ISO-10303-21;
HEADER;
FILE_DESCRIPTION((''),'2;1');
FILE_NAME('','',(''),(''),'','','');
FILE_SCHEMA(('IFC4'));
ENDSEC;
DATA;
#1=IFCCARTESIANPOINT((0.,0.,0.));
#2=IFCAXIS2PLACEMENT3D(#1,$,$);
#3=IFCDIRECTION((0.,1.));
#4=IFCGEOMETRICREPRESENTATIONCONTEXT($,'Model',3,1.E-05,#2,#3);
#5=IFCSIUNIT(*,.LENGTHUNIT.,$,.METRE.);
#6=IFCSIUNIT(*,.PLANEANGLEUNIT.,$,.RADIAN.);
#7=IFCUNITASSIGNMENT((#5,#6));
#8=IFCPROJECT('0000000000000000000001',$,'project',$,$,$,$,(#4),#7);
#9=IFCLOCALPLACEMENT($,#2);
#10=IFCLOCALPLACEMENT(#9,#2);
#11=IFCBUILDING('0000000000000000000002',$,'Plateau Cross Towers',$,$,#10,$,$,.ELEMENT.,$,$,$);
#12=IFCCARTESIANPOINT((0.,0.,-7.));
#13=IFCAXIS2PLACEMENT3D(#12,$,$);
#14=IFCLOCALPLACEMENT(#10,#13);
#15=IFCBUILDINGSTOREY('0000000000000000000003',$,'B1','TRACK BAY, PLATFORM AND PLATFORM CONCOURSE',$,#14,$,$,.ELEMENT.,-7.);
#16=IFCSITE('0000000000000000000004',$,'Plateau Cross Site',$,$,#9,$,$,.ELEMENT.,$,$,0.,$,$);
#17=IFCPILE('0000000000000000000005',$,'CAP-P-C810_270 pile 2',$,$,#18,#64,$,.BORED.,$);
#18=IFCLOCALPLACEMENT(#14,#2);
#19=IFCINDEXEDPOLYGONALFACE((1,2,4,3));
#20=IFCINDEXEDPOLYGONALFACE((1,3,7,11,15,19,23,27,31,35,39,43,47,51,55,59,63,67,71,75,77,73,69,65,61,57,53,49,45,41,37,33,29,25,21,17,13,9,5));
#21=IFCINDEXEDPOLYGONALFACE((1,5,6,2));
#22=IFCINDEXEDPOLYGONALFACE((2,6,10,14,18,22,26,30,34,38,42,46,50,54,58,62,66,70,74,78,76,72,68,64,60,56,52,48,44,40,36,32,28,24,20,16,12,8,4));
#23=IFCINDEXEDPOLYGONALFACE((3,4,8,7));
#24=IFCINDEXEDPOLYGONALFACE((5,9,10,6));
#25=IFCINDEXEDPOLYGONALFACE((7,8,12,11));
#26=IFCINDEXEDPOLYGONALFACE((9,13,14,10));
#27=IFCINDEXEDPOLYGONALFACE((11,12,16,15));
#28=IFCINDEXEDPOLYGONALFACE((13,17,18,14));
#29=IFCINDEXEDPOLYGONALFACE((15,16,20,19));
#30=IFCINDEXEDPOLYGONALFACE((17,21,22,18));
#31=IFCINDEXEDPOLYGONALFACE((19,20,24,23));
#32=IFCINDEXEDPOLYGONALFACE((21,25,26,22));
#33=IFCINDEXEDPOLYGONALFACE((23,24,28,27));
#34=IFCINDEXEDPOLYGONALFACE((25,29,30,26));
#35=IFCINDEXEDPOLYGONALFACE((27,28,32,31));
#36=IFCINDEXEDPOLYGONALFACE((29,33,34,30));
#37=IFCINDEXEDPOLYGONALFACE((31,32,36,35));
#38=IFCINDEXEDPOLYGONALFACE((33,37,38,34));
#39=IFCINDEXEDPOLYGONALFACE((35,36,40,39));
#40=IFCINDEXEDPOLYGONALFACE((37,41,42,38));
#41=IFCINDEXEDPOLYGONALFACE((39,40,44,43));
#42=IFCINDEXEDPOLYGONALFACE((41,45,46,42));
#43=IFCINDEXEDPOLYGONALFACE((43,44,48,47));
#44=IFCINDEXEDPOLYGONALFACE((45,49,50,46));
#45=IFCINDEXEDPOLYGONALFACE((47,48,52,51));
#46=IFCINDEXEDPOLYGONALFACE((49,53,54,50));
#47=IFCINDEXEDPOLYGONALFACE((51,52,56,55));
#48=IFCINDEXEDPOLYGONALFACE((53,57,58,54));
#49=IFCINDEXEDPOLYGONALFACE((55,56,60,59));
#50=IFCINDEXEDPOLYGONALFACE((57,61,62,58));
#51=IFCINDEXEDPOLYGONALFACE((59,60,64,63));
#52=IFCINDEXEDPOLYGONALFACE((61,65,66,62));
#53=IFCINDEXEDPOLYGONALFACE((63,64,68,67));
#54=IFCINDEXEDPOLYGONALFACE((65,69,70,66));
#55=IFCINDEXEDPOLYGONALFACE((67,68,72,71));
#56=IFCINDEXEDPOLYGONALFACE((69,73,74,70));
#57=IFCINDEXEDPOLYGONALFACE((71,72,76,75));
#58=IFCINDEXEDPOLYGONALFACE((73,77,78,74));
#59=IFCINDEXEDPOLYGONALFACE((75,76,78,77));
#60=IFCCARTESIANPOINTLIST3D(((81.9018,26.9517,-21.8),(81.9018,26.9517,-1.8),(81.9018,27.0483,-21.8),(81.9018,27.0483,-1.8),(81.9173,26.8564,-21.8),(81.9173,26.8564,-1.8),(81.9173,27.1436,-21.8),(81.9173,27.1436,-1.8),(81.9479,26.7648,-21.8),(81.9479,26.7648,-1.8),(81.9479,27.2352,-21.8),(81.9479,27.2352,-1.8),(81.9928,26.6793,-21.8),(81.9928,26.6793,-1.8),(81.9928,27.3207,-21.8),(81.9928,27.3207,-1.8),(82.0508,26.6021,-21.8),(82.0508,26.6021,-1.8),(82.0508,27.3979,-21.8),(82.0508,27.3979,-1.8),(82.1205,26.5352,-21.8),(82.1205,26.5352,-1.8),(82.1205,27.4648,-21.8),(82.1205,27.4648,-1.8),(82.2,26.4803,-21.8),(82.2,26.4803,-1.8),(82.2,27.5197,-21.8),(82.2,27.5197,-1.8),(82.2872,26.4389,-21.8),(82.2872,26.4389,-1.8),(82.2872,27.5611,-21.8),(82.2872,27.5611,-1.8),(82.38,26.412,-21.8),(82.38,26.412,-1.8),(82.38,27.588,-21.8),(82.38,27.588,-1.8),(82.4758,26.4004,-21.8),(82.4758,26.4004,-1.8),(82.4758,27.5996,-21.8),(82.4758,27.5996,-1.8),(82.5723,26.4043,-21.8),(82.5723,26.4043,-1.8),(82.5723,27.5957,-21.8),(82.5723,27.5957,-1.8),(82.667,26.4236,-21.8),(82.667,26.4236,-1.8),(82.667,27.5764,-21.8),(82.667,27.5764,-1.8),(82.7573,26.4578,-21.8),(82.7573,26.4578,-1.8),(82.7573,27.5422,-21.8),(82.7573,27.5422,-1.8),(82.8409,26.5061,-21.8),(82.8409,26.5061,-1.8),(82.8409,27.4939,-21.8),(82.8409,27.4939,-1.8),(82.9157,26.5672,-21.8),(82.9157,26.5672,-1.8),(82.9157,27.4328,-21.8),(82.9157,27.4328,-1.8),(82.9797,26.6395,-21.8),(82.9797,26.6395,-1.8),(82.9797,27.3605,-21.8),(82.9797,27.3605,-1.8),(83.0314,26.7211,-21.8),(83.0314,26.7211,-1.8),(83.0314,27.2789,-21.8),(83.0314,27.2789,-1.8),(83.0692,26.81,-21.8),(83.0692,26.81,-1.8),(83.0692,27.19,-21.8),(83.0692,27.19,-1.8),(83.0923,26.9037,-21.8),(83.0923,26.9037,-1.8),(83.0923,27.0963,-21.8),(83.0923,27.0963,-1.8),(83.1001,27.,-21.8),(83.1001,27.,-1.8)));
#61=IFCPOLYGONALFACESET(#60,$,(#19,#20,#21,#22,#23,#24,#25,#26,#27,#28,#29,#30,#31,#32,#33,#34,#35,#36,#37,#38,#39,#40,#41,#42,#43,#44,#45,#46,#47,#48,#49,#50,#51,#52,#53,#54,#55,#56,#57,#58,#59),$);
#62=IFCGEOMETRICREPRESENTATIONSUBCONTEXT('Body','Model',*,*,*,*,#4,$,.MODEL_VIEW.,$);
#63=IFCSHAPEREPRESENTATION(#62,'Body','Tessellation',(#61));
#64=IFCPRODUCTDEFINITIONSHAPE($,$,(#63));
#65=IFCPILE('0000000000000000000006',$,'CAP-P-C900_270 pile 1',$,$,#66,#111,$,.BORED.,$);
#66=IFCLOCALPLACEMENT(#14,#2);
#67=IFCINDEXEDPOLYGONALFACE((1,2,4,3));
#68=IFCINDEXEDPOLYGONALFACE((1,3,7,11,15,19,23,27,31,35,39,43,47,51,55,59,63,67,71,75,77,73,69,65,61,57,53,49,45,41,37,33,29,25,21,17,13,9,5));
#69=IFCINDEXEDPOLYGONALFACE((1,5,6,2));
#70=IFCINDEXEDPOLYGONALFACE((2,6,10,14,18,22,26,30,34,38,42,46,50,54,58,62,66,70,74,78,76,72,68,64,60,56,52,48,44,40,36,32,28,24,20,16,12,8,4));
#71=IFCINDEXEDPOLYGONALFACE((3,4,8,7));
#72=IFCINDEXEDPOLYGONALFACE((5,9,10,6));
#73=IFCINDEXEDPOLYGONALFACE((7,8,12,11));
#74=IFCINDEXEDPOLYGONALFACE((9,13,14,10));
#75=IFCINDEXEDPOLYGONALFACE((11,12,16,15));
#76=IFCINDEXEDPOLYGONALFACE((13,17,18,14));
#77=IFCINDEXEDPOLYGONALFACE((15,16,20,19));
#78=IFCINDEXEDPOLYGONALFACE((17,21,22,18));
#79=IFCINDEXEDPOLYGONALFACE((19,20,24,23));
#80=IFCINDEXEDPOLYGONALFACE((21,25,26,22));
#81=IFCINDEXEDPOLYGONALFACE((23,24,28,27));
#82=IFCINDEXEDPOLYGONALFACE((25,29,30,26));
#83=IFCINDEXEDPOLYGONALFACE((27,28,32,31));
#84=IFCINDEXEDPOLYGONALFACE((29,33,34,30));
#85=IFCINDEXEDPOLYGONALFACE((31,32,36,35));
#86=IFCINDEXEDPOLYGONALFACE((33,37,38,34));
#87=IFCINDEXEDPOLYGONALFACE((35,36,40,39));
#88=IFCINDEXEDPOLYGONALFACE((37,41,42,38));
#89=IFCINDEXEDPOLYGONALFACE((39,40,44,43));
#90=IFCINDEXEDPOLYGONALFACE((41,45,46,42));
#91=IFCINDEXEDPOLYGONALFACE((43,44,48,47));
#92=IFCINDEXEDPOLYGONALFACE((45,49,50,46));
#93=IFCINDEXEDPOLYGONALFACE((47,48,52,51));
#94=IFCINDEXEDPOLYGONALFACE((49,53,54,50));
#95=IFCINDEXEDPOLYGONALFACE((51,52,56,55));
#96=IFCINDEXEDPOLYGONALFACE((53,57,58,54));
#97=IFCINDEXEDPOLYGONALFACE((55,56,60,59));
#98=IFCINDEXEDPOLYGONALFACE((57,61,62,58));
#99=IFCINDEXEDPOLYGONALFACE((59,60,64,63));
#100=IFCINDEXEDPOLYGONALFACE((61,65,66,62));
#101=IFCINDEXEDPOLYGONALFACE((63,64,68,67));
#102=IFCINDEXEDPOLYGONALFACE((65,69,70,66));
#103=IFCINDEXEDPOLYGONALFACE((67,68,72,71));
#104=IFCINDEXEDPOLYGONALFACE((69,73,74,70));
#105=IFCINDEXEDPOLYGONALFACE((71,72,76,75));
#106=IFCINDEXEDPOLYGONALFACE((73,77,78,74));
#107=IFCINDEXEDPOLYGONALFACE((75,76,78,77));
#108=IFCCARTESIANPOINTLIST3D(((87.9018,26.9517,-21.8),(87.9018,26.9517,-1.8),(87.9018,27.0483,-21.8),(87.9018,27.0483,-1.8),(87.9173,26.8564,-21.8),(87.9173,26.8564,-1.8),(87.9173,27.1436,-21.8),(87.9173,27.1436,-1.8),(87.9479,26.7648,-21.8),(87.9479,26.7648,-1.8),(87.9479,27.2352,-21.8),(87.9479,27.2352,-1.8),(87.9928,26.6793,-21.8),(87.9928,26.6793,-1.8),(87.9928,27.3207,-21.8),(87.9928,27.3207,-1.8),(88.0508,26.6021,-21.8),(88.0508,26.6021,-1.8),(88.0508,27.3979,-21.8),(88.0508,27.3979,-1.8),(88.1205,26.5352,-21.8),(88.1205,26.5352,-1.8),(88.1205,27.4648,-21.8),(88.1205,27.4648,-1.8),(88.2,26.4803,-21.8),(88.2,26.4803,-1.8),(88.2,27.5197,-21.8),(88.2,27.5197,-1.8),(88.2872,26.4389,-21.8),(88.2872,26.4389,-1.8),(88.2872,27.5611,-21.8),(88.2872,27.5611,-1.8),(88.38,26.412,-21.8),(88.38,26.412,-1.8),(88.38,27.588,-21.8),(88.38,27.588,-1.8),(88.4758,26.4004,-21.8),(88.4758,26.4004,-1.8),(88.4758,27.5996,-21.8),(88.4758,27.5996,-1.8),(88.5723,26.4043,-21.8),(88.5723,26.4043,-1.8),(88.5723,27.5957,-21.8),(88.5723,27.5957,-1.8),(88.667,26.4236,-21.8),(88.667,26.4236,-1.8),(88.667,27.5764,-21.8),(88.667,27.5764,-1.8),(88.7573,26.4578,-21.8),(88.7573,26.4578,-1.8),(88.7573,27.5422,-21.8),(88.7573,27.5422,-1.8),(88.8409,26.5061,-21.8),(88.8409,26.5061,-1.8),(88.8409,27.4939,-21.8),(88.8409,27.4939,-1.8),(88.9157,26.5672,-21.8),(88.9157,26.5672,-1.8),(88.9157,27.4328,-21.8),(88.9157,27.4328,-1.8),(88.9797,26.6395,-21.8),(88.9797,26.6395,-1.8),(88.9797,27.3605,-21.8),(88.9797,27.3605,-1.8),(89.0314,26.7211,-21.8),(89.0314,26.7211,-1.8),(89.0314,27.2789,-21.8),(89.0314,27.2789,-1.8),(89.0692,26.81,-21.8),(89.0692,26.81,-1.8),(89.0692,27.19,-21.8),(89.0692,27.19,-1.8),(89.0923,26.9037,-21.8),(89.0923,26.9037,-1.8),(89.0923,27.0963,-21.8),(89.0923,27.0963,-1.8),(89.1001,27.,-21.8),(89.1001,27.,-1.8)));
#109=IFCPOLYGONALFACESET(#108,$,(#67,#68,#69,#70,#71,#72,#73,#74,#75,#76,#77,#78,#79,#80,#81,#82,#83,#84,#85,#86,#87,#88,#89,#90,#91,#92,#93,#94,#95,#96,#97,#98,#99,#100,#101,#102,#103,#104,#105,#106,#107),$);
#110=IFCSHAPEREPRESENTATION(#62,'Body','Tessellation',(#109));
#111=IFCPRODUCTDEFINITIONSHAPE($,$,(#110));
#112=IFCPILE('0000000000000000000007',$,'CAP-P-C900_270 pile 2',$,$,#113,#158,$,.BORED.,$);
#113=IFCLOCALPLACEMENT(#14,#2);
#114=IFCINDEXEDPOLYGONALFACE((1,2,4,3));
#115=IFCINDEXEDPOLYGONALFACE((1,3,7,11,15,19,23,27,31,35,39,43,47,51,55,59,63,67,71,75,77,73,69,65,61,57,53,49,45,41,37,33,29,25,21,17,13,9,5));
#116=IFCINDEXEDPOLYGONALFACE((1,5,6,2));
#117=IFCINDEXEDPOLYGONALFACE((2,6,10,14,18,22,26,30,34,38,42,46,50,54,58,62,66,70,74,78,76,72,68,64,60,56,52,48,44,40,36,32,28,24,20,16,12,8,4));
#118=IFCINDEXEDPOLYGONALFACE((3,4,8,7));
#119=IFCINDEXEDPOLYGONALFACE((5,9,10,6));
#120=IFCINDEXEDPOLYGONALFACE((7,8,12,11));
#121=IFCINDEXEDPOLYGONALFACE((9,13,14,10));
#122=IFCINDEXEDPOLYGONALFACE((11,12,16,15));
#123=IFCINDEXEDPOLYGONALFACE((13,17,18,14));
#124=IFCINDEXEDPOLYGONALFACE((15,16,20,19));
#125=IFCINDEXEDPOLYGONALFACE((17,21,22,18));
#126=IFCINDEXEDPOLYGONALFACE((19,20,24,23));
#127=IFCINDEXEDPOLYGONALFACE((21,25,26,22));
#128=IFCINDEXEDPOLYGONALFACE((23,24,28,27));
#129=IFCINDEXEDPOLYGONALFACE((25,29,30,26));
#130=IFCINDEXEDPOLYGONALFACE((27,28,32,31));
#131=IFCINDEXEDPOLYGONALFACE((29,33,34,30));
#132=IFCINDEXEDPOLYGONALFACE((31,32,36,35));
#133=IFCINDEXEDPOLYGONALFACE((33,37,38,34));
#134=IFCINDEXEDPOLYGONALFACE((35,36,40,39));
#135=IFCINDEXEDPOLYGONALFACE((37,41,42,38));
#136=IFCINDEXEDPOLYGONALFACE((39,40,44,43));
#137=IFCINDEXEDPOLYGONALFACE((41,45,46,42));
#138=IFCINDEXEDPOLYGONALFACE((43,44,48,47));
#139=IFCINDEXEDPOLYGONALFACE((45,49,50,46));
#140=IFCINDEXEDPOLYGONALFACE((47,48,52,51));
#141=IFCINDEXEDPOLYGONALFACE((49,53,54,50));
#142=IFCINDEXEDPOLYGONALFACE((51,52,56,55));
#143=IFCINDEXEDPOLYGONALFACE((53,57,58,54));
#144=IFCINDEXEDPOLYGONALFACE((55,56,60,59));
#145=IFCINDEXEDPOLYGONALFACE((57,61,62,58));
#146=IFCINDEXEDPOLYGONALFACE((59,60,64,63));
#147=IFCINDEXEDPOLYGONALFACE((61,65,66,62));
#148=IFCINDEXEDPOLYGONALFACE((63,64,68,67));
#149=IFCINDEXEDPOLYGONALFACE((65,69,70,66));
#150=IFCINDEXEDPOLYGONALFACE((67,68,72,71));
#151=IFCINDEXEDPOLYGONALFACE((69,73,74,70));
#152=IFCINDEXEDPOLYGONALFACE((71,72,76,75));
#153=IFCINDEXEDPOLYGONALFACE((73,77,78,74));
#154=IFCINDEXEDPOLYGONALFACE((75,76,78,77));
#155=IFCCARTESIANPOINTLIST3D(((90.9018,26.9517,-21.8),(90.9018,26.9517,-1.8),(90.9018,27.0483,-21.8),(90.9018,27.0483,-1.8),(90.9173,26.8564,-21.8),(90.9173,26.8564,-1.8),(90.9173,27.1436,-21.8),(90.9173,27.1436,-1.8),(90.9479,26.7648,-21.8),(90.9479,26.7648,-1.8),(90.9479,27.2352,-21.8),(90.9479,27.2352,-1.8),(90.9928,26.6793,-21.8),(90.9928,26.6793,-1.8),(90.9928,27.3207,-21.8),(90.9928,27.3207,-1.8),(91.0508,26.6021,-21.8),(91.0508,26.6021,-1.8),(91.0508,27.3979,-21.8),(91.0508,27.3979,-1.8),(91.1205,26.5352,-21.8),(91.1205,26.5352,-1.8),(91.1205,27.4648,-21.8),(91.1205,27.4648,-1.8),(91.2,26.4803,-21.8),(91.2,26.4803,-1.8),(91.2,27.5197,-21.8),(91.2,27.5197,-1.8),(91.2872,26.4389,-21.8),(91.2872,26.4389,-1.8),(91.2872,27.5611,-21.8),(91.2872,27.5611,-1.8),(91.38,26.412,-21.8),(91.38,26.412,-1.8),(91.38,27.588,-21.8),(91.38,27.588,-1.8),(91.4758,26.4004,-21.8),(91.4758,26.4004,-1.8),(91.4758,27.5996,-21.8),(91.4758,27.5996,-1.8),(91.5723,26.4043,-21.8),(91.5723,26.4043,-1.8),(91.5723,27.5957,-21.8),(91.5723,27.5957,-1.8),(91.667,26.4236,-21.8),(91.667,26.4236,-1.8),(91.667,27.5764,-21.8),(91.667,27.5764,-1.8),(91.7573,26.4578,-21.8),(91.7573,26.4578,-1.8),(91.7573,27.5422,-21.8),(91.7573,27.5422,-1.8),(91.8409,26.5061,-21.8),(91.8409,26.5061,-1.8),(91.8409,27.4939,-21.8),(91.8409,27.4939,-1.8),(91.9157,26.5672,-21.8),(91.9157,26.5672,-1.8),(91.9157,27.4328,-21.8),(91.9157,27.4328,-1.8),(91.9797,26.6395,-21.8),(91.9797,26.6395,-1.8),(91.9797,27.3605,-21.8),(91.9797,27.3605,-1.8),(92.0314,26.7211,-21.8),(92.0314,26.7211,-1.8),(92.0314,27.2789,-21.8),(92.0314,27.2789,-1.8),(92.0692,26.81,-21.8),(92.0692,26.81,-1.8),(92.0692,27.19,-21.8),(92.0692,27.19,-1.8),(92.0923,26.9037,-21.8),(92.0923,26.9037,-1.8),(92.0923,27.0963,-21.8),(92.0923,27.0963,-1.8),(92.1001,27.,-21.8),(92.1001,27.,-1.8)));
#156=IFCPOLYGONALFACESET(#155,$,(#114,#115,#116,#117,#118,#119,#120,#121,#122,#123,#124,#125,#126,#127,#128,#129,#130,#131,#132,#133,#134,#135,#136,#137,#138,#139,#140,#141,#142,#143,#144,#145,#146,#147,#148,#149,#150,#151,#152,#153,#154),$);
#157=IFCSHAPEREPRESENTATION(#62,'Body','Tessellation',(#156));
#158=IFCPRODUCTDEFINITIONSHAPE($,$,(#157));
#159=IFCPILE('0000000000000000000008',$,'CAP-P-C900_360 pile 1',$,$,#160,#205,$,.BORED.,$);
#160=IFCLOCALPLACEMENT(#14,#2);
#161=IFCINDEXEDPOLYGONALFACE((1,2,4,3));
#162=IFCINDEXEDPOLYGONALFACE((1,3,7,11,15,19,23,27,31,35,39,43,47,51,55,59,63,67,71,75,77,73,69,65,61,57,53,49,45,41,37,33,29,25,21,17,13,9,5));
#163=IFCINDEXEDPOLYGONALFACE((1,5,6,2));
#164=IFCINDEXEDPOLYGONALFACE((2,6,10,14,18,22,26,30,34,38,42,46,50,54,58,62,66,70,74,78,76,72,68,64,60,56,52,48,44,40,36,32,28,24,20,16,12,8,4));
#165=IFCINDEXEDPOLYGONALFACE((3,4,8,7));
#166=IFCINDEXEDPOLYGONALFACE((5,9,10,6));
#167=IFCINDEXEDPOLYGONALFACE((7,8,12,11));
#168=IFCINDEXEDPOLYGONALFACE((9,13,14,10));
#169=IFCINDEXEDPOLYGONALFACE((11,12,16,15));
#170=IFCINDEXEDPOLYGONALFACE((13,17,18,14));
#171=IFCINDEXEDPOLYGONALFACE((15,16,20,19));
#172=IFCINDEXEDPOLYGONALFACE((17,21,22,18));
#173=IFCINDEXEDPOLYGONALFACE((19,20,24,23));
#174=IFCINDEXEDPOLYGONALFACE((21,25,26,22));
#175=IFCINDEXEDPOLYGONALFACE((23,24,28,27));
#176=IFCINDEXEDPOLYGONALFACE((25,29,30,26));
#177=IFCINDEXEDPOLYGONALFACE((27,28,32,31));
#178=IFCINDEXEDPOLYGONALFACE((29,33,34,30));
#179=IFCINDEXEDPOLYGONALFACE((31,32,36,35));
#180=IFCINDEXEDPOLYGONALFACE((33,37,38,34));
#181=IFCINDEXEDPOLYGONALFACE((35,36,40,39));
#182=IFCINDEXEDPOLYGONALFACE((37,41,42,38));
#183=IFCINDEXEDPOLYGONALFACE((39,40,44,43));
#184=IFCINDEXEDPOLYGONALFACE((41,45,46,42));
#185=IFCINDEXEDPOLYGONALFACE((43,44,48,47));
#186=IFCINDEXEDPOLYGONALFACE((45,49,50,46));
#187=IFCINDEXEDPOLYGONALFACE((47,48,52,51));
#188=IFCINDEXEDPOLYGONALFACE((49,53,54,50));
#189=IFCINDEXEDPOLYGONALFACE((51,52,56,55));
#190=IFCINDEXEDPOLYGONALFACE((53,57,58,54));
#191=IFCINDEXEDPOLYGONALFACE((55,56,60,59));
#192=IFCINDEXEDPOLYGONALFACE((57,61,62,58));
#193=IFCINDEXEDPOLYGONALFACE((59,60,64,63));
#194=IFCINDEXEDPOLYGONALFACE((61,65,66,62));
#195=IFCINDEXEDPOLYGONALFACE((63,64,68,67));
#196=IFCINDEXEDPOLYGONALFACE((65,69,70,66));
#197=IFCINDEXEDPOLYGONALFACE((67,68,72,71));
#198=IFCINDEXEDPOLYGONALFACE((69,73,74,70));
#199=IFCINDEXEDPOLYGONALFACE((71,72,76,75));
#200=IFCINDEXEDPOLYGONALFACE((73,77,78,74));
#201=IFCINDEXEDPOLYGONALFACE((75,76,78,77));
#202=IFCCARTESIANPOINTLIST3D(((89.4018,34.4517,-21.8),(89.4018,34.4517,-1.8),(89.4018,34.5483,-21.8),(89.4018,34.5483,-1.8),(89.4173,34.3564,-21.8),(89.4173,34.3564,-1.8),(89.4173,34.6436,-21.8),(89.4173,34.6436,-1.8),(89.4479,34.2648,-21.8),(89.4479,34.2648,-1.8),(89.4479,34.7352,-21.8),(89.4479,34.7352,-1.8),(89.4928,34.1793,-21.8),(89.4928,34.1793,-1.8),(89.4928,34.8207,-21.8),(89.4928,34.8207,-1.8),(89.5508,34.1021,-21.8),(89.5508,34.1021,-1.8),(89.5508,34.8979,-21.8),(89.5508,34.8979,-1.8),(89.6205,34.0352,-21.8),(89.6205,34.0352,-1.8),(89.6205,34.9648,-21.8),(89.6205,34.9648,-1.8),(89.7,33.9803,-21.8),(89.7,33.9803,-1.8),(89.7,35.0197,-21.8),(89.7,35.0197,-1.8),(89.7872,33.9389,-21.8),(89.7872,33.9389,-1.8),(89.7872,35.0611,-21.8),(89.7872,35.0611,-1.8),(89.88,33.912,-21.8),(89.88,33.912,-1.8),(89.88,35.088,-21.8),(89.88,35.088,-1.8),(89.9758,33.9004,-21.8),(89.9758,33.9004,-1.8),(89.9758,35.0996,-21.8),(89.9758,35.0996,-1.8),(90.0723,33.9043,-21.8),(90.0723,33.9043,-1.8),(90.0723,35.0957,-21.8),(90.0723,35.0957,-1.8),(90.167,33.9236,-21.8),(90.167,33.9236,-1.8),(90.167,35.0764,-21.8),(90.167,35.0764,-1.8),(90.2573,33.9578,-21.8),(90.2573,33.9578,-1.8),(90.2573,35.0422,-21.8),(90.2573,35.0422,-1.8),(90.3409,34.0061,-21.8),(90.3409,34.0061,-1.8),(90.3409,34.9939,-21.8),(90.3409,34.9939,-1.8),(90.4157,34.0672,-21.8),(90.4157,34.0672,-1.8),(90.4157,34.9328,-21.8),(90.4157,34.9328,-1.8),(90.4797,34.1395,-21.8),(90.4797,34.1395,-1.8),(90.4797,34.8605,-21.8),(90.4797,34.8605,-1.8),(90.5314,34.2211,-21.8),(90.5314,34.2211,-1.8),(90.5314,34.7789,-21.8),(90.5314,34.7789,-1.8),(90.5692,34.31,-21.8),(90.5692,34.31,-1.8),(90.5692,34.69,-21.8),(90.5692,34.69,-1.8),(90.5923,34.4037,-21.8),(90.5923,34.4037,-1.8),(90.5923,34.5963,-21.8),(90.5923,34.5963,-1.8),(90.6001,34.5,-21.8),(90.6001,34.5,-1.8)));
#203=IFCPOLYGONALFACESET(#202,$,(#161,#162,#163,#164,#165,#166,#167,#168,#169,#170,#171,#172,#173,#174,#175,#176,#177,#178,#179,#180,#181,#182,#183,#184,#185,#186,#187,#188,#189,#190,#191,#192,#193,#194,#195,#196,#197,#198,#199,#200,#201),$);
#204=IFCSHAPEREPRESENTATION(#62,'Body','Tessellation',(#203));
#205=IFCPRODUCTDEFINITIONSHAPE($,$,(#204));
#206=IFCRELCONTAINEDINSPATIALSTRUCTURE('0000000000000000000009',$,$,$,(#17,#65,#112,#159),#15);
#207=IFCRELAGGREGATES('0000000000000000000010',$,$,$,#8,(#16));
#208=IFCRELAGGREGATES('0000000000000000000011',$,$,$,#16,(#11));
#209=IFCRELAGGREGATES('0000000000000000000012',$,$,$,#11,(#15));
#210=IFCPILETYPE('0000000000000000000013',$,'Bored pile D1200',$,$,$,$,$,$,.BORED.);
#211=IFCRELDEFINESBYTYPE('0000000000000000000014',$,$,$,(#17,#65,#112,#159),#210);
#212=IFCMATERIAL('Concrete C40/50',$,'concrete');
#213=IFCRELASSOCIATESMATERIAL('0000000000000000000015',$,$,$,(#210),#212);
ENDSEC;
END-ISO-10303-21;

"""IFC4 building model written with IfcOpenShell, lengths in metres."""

from ifc_helpers import new_model, si_unit, direction, frame, origin, origin_2d, place, context, subcontext, project, spatial, circle, extrude, material, material_profile, profile_set, type_object, element, save


model = new_model("IFC4")

# Units and contexts
model_context = context("Model", 3, precision=1e-05, world=origin(), true_north=direction((0.0, 1.0)))
body_context = subcontext(model_context, "Body", "Model", "MODEL_VIEW")
ifc_project = project(units=[si_unit("LENGTHUNIT", "METRE"), si_unit("PLANEANGLEUNIT", "RADIAN")], contexts=[model_context])

# Site, building, storey
site_placement = place(None, origin())
site = spatial("IfcSite", under=ifc_project, at=site_placement, Name="Plateau Cross Site", CompositionType="ELEMENT", RefElevation=0.0)
building_placement = place(site_placement, origin())
building = spatial("IfcBuilding", under=site, at=building_placement, Name="Plateau Cross Towers", CompositionType="ELEMENT")
storey_placement = place(building_placement, frame((0.0, 0.0, -7.0)))
storey = spatial("IfcBuildingStorey", under=building, at=storey_placement, Name="B1", Description="TRACK BAY, PLATFORM AND PLATFORM CONCOURSE", CompositionType="ELEMENT", Elevation=-7.0)

# Piles
ifc_material_1 = material(Name="Concrete C40/50", Category="concrete")
ifc_material_profile_1 = material_profile(ifc_material_1, circle(Radius=0.6001, at=origin_2d()), Name="Bored pile D1200")
ifc_profile_set_1 = profile_set([ifc_material_profile_1], Name="Concrete C40/50")
pile_type = type_object("IfcPileType", Name="Bored pile D1200", PredefinedType="BORED", material=ifc_profile_set_1)
for number, where, z_axis, x_axis, name in (
    (1, (82.5, 27.0, -1.8), (0.0, 0.0, -1.0), (1.0, 0.0, 0.0), "CAP-P-C810_270 pile 2"),
    (2, (88.5, 27.0, -1.8), (0.0, 0.0, -1.0), (1.0, 0.0, 0.0), "CAP-P-C900_270 pile 1"),
    (3, (91.5, 27.0, -1.8), (0.0, 0.0, -1.0), (1.0, 0.0, 0.0), "CAP-P-C900_270 pile 2"),
    (4, (90.0, 34.5, -1.8), (0.0, 0.0, -1.0), (1.0, 0.0, 0.0), "CAP-P-C900_360 pile 1"),
):
    element("IfcPile", number, at=place(storey_placement, frame(where, z_axis=z_axis, x_axis=x_axis)), inside=storey, type_object=pile_type, Name=name, PredefinedType="BORED", context=body_context, shape_type="SweptSolid", body=[
        extrude(circle(Radius=0.6001, at=origin_2d()), origin(), (0.0, 0.0, 1.0), 20.0),
    ])

save(model, "model.ifc")
